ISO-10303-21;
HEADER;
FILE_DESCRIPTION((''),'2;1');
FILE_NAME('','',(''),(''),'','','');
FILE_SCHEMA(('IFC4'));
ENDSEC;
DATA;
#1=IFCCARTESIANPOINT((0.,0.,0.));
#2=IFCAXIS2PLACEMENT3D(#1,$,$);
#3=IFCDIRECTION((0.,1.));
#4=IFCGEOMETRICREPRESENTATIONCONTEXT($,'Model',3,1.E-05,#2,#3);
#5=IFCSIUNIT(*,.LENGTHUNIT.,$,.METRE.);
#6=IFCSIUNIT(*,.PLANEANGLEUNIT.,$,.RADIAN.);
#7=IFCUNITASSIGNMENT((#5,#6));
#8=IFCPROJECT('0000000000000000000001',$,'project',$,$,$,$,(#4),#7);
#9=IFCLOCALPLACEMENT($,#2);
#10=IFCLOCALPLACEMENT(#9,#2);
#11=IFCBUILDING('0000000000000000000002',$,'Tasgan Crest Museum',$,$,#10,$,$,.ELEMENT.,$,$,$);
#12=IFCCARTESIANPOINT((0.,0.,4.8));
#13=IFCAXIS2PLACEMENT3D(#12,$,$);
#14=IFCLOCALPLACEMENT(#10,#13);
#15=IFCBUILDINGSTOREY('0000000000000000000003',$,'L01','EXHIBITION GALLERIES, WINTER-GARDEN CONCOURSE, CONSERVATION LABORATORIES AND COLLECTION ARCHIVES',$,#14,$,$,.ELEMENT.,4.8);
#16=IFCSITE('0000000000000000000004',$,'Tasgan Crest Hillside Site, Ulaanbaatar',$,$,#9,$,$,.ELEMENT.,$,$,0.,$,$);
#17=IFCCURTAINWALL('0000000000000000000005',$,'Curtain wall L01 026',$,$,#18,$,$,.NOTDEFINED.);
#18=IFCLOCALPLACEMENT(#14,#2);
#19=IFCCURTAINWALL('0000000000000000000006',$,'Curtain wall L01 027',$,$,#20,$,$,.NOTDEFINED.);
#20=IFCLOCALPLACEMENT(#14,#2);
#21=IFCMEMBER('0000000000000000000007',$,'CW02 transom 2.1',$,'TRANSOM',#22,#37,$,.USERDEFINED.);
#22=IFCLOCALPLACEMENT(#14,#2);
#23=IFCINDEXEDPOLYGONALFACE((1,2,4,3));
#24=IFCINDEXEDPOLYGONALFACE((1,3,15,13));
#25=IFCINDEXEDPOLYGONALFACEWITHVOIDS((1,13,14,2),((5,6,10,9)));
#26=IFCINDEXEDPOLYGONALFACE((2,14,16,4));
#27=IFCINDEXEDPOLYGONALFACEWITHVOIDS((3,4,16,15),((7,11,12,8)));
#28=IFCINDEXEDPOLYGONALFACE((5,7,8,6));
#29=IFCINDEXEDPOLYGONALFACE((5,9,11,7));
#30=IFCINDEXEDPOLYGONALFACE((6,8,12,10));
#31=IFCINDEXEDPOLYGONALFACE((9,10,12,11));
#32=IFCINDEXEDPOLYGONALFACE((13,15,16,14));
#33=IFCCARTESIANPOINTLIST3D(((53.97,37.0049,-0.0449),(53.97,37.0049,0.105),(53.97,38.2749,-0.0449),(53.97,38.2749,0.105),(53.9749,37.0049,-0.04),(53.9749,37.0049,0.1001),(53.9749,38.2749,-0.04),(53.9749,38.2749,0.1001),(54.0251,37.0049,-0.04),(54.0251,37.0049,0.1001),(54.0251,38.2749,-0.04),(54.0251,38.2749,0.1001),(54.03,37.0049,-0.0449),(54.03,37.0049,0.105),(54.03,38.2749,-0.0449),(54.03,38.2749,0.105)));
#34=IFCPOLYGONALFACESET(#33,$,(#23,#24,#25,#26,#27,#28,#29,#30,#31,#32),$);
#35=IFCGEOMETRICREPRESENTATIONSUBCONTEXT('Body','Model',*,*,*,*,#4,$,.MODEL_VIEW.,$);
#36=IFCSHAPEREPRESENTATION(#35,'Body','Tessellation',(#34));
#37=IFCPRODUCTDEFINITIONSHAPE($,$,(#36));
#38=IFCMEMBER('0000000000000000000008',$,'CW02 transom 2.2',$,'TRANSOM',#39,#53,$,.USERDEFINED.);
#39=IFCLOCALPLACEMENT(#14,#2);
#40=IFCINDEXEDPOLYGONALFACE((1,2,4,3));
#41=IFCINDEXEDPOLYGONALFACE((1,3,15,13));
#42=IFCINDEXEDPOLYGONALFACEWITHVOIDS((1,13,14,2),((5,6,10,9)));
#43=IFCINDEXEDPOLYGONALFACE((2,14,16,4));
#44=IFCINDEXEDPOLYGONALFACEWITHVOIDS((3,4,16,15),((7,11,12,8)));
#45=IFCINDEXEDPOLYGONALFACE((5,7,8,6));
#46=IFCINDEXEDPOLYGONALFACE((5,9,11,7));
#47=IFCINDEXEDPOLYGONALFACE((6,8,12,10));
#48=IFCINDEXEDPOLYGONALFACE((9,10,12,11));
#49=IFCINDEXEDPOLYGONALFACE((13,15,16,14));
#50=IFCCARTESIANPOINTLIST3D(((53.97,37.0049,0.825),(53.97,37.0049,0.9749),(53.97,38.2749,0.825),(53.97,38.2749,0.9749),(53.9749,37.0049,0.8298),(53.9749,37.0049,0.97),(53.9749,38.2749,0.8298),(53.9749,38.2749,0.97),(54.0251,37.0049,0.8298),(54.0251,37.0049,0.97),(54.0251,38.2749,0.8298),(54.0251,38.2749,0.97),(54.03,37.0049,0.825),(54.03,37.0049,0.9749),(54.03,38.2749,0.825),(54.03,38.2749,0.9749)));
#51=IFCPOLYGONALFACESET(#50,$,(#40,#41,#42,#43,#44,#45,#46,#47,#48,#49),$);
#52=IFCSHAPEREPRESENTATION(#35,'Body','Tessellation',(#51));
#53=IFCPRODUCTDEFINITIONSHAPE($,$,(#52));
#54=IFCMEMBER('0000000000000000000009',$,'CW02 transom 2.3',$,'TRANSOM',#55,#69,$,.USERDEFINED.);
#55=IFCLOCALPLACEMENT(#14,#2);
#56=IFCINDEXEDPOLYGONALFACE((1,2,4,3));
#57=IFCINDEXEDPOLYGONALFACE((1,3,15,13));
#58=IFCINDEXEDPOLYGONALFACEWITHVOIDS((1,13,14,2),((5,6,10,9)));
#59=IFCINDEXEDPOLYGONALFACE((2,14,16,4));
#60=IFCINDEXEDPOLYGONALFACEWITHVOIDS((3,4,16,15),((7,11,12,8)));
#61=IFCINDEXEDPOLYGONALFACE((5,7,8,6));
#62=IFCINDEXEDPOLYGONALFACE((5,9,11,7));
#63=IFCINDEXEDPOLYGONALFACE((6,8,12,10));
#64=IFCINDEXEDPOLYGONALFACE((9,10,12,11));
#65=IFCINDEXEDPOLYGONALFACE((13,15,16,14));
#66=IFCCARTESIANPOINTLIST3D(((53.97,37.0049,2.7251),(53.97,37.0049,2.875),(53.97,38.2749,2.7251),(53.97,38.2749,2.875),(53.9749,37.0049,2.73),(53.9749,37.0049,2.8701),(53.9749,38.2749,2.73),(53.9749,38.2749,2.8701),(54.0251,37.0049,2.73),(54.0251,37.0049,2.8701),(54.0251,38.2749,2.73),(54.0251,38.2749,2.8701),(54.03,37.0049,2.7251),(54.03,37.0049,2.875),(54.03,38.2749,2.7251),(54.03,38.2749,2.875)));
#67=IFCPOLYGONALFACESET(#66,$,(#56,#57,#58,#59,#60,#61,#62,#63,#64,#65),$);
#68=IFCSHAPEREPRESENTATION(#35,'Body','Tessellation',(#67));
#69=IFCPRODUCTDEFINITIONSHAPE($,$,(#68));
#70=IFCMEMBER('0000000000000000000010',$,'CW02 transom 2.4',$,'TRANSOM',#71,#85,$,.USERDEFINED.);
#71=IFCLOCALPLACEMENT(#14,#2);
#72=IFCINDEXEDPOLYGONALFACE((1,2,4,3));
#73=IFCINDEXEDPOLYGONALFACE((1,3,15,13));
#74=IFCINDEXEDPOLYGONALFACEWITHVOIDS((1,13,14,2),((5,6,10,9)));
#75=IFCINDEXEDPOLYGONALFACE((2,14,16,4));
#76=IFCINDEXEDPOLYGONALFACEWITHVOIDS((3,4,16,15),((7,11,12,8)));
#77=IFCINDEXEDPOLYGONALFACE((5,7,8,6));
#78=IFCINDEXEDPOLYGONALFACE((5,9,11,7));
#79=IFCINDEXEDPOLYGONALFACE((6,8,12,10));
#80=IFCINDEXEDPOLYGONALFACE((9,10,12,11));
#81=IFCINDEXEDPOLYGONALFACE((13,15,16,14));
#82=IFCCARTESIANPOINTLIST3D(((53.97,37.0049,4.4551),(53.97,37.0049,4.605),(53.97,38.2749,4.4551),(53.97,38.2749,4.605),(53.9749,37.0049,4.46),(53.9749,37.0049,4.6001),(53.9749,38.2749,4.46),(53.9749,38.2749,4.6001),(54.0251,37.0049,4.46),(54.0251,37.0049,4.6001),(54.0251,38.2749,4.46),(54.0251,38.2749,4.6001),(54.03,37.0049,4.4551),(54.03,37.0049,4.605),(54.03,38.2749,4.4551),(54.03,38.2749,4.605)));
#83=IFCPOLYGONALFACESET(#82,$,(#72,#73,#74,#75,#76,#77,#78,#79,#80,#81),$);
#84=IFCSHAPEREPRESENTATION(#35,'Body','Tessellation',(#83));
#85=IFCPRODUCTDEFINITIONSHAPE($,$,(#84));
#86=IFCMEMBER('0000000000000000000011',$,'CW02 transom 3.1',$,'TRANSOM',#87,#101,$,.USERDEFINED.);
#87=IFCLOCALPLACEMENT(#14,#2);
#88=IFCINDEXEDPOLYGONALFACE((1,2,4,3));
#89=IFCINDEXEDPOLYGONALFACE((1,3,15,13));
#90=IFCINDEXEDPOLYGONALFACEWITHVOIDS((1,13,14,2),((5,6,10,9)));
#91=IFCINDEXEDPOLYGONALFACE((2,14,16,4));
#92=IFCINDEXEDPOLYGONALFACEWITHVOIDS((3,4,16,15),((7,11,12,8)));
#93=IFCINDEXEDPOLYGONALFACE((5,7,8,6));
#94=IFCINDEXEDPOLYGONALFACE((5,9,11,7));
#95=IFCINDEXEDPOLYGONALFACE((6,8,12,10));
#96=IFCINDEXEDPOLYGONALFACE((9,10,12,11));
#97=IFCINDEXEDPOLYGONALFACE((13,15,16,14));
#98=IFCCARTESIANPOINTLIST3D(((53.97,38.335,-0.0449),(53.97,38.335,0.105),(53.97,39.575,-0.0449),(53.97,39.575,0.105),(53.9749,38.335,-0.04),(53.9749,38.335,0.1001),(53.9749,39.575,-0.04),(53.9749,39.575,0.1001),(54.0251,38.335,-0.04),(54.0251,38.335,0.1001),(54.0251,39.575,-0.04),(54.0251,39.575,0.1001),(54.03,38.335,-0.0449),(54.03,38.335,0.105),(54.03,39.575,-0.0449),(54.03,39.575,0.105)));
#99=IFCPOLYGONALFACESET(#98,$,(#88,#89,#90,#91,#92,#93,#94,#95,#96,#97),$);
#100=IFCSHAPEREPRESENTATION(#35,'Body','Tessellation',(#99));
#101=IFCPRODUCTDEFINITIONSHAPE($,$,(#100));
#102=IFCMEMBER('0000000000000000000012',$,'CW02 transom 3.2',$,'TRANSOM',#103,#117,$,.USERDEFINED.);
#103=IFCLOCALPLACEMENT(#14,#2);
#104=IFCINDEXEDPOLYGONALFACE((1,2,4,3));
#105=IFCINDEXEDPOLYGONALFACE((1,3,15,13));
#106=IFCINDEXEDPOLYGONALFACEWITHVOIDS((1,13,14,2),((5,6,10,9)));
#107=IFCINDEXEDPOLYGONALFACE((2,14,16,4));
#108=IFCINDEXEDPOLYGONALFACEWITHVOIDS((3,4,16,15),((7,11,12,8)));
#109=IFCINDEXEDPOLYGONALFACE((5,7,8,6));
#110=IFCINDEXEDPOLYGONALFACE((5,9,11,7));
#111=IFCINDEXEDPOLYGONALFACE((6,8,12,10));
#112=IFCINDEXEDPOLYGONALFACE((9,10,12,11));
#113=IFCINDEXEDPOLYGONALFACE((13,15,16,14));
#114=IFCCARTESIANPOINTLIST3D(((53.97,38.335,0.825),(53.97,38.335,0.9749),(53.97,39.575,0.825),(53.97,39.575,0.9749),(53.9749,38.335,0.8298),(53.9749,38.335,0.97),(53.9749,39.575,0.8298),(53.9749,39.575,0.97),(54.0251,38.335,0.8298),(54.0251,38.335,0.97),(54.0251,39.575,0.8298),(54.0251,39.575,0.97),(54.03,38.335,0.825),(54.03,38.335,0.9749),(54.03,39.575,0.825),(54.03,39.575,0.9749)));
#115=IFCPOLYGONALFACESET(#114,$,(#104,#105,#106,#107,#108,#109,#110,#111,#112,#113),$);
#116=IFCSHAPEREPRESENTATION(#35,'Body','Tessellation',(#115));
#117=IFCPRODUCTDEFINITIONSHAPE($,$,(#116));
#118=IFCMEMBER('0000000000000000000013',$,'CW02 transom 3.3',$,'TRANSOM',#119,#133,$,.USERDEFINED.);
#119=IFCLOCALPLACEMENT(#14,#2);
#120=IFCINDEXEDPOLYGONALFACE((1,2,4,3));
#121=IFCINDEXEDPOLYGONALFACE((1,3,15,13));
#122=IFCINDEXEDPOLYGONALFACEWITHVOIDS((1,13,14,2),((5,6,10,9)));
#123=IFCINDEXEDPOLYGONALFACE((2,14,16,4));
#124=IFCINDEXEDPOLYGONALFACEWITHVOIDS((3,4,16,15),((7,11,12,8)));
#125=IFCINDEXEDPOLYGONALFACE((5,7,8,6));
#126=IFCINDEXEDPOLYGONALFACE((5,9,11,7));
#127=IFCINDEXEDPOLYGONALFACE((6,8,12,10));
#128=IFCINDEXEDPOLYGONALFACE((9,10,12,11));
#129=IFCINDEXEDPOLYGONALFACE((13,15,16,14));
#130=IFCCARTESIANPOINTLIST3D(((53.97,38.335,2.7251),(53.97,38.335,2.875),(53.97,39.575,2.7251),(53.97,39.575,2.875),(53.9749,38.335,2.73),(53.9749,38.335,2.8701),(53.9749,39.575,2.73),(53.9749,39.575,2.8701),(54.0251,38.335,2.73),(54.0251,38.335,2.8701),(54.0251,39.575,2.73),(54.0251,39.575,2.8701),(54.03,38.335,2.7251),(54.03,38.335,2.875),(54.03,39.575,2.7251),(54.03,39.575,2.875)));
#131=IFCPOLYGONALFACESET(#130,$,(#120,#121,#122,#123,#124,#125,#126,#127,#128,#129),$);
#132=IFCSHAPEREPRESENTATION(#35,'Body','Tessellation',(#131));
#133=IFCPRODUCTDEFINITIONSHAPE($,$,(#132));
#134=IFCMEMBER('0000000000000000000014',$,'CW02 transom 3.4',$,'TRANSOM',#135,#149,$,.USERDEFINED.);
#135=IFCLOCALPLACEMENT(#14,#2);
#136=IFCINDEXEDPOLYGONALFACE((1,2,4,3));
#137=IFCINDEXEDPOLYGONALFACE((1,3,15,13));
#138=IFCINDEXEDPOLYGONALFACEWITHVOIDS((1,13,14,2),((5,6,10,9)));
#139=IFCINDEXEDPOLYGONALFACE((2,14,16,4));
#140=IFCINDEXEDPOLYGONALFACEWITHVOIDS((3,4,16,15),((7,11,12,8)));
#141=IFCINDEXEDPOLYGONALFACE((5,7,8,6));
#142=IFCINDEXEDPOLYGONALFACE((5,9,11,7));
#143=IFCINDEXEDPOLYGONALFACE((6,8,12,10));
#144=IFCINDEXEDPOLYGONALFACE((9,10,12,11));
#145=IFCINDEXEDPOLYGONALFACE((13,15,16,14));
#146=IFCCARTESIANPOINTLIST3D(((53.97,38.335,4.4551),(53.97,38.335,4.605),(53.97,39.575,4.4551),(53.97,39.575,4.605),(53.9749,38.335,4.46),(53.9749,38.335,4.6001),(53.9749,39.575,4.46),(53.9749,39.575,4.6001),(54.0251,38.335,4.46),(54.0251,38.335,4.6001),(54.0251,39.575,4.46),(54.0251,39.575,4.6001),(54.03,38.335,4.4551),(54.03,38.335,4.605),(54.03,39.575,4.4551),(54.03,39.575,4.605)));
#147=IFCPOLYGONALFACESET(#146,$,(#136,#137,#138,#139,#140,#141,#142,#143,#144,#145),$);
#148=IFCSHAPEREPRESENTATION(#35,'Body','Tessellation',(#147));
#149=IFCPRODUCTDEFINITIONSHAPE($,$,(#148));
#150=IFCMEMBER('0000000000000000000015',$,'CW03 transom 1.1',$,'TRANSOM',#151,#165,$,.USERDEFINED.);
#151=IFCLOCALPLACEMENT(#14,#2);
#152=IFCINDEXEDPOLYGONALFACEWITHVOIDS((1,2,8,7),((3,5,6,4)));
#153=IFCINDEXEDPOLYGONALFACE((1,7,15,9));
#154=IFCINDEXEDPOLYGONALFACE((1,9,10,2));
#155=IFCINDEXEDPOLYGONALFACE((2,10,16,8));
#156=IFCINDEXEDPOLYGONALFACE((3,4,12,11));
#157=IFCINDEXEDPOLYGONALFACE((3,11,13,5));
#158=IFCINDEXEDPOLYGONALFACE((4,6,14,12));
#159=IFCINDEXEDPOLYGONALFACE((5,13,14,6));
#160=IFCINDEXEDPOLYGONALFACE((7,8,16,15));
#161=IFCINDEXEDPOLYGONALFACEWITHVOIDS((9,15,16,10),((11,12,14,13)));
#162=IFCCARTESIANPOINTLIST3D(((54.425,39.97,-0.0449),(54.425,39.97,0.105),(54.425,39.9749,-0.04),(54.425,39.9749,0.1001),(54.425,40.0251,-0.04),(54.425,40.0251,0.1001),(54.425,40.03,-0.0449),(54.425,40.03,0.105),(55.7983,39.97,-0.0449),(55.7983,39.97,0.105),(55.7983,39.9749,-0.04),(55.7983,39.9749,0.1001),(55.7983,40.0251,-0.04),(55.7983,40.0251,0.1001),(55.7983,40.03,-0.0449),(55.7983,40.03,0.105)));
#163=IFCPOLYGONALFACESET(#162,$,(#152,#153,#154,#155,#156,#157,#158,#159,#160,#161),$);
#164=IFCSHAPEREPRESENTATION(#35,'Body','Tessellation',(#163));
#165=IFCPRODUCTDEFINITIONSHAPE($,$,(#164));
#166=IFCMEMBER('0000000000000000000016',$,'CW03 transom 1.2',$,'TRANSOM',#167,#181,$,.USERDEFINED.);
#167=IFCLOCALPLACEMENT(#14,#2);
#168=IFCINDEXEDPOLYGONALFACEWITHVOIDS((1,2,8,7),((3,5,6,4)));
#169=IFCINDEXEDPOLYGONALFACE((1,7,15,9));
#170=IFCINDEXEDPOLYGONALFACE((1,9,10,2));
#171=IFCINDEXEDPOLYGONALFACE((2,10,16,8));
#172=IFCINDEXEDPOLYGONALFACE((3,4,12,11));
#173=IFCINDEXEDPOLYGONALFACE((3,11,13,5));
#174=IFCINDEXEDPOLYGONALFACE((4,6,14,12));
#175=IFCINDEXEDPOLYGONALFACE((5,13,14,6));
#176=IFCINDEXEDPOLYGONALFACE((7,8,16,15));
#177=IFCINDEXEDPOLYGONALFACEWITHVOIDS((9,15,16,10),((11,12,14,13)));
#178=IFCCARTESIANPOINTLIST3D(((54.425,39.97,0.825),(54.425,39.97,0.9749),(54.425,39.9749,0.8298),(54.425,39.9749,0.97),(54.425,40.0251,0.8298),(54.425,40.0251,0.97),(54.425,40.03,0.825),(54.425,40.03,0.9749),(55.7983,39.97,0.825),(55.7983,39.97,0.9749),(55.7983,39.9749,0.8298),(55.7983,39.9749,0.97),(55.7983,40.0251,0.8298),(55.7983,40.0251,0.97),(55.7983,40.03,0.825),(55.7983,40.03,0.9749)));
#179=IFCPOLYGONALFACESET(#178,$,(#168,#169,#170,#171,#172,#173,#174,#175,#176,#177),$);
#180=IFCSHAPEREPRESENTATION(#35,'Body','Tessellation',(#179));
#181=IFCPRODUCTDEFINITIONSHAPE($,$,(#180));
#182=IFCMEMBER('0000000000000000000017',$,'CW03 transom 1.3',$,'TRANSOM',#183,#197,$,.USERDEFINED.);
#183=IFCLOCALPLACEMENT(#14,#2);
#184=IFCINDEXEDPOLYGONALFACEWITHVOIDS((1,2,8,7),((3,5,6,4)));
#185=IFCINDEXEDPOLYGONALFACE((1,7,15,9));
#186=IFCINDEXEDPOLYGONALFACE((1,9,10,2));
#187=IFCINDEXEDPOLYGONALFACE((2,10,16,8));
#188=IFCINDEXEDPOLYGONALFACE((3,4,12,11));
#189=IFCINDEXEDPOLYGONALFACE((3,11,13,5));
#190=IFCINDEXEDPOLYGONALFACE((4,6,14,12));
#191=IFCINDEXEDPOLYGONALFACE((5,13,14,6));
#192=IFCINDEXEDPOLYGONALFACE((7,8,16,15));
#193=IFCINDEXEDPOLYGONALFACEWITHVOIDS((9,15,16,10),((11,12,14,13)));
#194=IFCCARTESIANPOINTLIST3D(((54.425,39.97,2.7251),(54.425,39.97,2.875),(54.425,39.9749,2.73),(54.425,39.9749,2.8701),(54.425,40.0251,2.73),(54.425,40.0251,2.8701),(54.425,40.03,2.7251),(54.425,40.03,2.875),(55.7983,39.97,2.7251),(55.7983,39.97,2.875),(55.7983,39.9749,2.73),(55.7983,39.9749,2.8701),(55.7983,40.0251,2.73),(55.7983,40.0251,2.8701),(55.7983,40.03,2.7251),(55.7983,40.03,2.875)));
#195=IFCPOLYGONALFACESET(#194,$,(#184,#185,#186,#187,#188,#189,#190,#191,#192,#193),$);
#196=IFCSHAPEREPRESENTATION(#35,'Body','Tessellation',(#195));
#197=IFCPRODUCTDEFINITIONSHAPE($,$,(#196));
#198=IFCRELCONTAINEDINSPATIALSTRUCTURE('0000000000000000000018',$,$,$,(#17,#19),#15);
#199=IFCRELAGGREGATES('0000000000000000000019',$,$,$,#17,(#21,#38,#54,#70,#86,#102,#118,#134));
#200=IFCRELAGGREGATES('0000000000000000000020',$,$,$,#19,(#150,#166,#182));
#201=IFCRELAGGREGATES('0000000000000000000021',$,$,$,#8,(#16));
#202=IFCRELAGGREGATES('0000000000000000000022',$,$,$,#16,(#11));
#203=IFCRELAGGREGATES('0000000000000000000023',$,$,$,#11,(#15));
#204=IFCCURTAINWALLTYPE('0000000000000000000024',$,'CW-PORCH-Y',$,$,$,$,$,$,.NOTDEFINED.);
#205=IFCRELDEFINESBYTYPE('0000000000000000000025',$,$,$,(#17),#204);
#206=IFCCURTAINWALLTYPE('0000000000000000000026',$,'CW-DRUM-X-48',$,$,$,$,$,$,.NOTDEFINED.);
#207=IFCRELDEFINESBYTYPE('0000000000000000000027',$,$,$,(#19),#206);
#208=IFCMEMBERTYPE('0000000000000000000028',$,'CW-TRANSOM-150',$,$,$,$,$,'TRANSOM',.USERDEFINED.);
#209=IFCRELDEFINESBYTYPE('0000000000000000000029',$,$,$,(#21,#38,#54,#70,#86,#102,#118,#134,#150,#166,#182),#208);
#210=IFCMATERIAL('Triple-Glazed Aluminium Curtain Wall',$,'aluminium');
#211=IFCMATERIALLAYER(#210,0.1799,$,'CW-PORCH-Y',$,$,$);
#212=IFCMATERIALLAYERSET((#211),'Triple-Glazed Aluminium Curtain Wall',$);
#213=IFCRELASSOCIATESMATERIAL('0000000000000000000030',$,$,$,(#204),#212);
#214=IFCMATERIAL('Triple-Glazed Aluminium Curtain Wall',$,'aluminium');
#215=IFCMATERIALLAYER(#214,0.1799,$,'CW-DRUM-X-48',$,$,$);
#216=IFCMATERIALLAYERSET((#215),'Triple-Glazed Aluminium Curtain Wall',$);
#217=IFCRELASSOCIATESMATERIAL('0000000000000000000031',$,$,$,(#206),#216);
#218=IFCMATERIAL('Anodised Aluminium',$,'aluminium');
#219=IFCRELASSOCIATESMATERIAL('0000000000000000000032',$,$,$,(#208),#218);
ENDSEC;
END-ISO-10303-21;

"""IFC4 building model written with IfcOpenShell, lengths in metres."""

from ifc_helpers import new_model, si_unit, direction, frame, origin, origin_2d, place, context, subcontext, project, spatial, hollow_rectangle, extrude, material, layer, layer_set, material_profile, profile_set, type_object, element, aggregate, save


model = new_model("IFC4")

# Units and contexts
model_context = context("Model", 3, precision=1e-05, world=origin(), true_north=direction((0.0, 1.0)))
body_context = subcontext(model_context, "Body", "Model", "MODEL_VIEW")
ifc_project = project(units=[si_unit("LENGTHUNIT", "METRE"), si_unit("PLANEANGLEUNIT", "RADIAN")], contexts=[model_context])

# Site, building, storey
site_placement = place(None, origin())
site = spatial("IfcSite", under=ifc_project, at=site_placement, Name="Tasgan Crest Hillside Site, Ulaanbaatar", CompositionType="ELEMENT", RefElevation=0.0)
building_placement = place(site_placement, origin())
building = spatial("IfcBuilding", under=site, at=building_placement, Name="Tasgan Crest Museum", CompositionType="ELEMENT")
storey_placement = place(building_placement, frame((0.0, 0.0, 4.8)))
storey = spatial("IfcBuildingStorey", under=building, at=storey_placement, Name="L01", Description="EXHIBITION GALLERIES, WINTER-GARDEN CONCOURSE, CONSERVATION LABORATORIES AND COLLECTION ARCHIVES", CompositionType="ELEMENT", Elevation=4.8)

# Curtain wall
ifc_material_1 = material(Name="Triple-Glazed Aluminium Curtain Wall", Category="aluminium")
ifc_layer_1 = layer(ifc_material_1, 0.1799, Name="CW-PORCH-Y")
ifc_layer_set_1 = layer_set([ifc_layer_1], Name="Triple-Glazed Aluminium Curtain Wall")
curtain_wall_type_1 = type_object("IfcCurtainWallType", Name="CW-PORCH-Y", PredefinedType="NOTDEFINED", material=ifc_layer_set_1)
curtain_wall_1_placement = place(storey_placement, origin())
curtain_wall_1 = element("IfcCurtainWall", 1, at=curtain_wall_1_placement, inside=storey, type_object=curtain_wall_type_1, Name="Curtain wall L01 026", PredefinedType="NOTDEFINED")

# Curtain wall
ifc_material_2 = material(Name="Triple-Glazed Aluminium Curtain Wall", Category="aluminium")
ifc_layer_2 = layer(ifc_material_2, 0.1799, Name="CW-DRUM-X-48")
ifc_layer_set_2 = layer_set([ifc_layer_2], Name="Triple-Glazed Aluminium Curtain Wall")
curtain_wall_type_2 = type_object("IfcCurtainWallType", Name="CW-DRUM-X-48", PredefinedType="NOTDEFINED", material=ifc_layer_set_2)
curtain_wall_2_placement = place(storey_placement, origin())
curtain_wall_2 = element("IfcCurtainWall", 2, at=curtain_wall_2_placement, inside=storey, type_object=curtain_wall_type_2, Name="Curtain wall L01 027", PredefinedType="NOTDEFINED")

# Members
ifc_material_3 = material(Name="Anodised Aluminium", Category="aluminium")
ifc_material_profile_1 = material_profile(ifc_material_3, hollow_rectangle(XDim=0.0601, YDim=0.1499, WallThickness=0.0049, at=origin_2d()), Name="ALU TRANSOM 150x60x5")
ifc_profile_set_1 = profile_set([ifc_material_profile_1], Name="Anodised Aluminium")
member_type_1 = type_object("IfcMemberType", Name="CW-TRANSOM-150", ElementType="TRANSOM", PredefinedType="USERDEFINED", material=ifc_profile_set_1)
member_1_placement = place(storey_placement, frame((54.0, 37.0049, 0.03), z_axis=(0.0, 1.0, 0.0), x_axis=(-1.0, 0.0, 0.0)))
member_1 = element("IfcMember", 3, at=member_1_placement, type_object=member_type_1, Name="CW02 transom 2.1", ObjectType="TRANSOM", PredefinedType="USERDEFINED", context=body_context, shape_type="SweptSolid", body=[
    extrude(hollow_rectangle(XDim=0.0601, YDim=0.1499, WallThickness=0.0049, at=origin_2d()), origin(), (0.0, 0.0, 1.0), 1.27),
])
member_2_placement = place(storey_placement, frame((54.0, 37.0049, 0.8999), z_axis=(0.0, 1.0, 0.0), x_axis=(-1.0, 0.0, 0.0)))
member_2 = element("IfcMember", 4, at=member_2_placement, type_object=member_type_1, Name="CW02 transom 2.2", ObjectType="TRANSOM", PredefinedType="USERDEFINED", context=body_context, shape_type="SweptSolid", body=[
    extrude(hollow_rectangle(XDim=0.0601, YDim=0.1499, WallThickness=0.0049, at=origin_2d()), origin(), (0.0, 0.0, 1.0), 1.27),
])
member_3_placement = place(storey_placement, frame((54.0, 37.0049, 2.8), z_axis=(0.0, 1.0, 0.0), x_axis=(-1.0, 0.0, 0.0)))
member_3 = element("IfcMember", 5, at=member_3_placement, type_object=member_type_1, Name="CW02 transom 2.3", ObjectType="TRANSOM", PredefinedType="USERDEFINED", context=body_context, shape_type="SweptSolid", body=[
    extrude(hollow_rectangle(XDim=0.0601, YDim=0.1499, WallThickness=0.0049, at=origin_2d()), origin(), (0.0, 0.0, 1.0), 1.27),
])
member_4_placement = place(storey_placement, frame((54.0, 37.0049, 4.53), z_axis=(0.0, 1.0, 0.0), x_axis=(-1.0, 0.0, 0.0)))
member_4 = element("IfcMember", 6, at=member_4_placement, type_object=member_type_1, Name="CW02 transom 2.4", ObjectType="TRANSOM", PredefinedType="USERDEFINED", context=body_context, shape_type="SweptSolid", body=[
    extrude(hollow_rectangle(XDim=0.0601, YDim=0.1499, WallThickness=0.0049, at=origin_2d()), origin(), (0.0, 0.0, 1.0), 1.27),
])
member_5_placement = place(storey_placement, frame((54.0, 38.335, 0.03), z_axis=(0.0, 1.0, 0.0), x_axis=(-1.0, 0.0, 0.0)))
member_5 = element("IfcMember", 7, at=member_5_placement, type_object=member_type_1, Name="CW02 transom 3.1", ObjectType="TRANSOM", PredefinedType="USERDEFINED", context=body_context, shape_type="SweptSolid", body=[
    extrude(hollow_rectangle(XDim=0.0601, YDim=0.1499, WallThickness=0.0049, at=origin_2d()), origin(), (0.0, 0.0, 1.0), 1.24),
])
member_6_placement = place(storey_placement, frame((54.0, 38.335, 0.8999), z_axis=(0.0, 1.0, 0.0), x_axis=(-1.0, 0.0, 0.0)))
member_6 = element("IfcMember", 8, at=member_6_placement, type_object=member_type_1, Name="CW02 transom 3.2", ObjectType="TRANSOM", PredefinedType="USERDEFINED", context=body_context, shape_type="SweptSolid", body=[
    extrude(hollow_rectangle(XDim=0.0601, YDim=0.1499, WallThickness=0.0049, at=origin_2d()), origin(), (0.0, 0.0, 1.0), 1.24),
])
member_7_placement = place(storey_placement, frame((54.0, 38.335, 2.8), z_axis=(0.0, 1.0, 0.0), x_axis=(-1.0, 0.0, 0.0)))
member_7 = element("IfcMember", 9, at=member_7_placement, type_object=member_type_1, Name="CW02 transom 3.3", ObjectType="TRANSOM", PredefinedType="USERDEFINED", context=body_context, shape_type="SweptSolid", body=[
    extrude(hollow_rectangle(XDim=0.0601, YDim=0.1499, WallThickness=0.0049, at=origin_2d()), origin(), (0.0, 0.0, 1.0), 1.24),
])
member_8_placement = place(storey_placement, frame((54.0, 38.335, 4.53), z_axis=(0.0, 1.0, 0.0), x_axis=(-1.0, 0.0, 0.0)))
member_8 = element("IfcMember", 10, at=member_8_placement, type_object=member_type_1, Name="CW02 transom 3.4", ObjectType="TRANSOM", PredefinedType="USERDEFINED", context=body_context, shape_type="SweptSolid", body=[
    extrude(hollow_rectangle(XDim=0.0601, YDim=0.1499, WallThickness=0.0049, at=origin_2d()), origin(), (0.0, 0.0, 1.0), 1.24),
])
member_9_placement = place(storey_placement, frame((54.425, 40.0, 0.03), z_axis=(1.0, 0.0, 0.0), x_axis=(0.0, 1.0, 0.0)))
member_9 = element("IfcMember", 11, at=member_9_placement, type_object=member_type_1, Name="CW03 transom 1.1", ObjectType="TRANSOM", PredefinedType="USERDEFINED", context=body_context, shape_type="SweptSolid", body=[
    extrude(hollow_rectangle(XDim=0.0601, YDim=0.1499, WallThickness=0.0049, at=origin_2d()), origin(), (0.0, 0.0, 1.0), 1.3733),
])
member_10_placement = place(storey_placement, frame((54.425, 40.0, 0.8999), z_axis=(1.0, 0.0, 0.0), x_axis=(0.0, 1.0, 0.0)))
member_10 = element("IfcMember", 12, at=member_10_placement, type_object=member_type_1, Name="CW03 transom 1.2", ObjectType="TRANSOM", PredefinedType="USERDEFINED", context=body_context, shape_type="SweptSolid", body=[
    extrude(hollow_rectangle(XDim=0.0601, YDim=0.1499, WallThickness=0.0049, at=origin_2d()), origin(), (0.0, 0.0, 1.0), 1.3733),
])
member_11_placement = place(storey_placement, frame((54.425, 40.0, 2.8), z_axis=(1.0, 0.0, 0.0), x_axis=(0.0, 1.0, 0.0)))
member_11 = element("IfcMember", 13, at=member_11_placement, type_object=member_type_1, Name="CW03 transom 1.3", ObjectType="TRANSOM", PredefinedType="USERDEFINED", context=body_context, shape_type="SweptSolid", body=[
    extrude(hollow_rectangle(XDim=0.0601, YDim=0.1499, WallThickness=0.0049, at=origin_2d()), origin(), (0.0, 0.0, 1.0), 1.3733),
])

aggregate(curtain_wall_1, [member_1, member_2, member_3, member_4, member_5, member_6, member_7, member_8])
aggregate(curtain_wall_2, [member_9, member_10, member_11])

save(model, "model.ifc")
